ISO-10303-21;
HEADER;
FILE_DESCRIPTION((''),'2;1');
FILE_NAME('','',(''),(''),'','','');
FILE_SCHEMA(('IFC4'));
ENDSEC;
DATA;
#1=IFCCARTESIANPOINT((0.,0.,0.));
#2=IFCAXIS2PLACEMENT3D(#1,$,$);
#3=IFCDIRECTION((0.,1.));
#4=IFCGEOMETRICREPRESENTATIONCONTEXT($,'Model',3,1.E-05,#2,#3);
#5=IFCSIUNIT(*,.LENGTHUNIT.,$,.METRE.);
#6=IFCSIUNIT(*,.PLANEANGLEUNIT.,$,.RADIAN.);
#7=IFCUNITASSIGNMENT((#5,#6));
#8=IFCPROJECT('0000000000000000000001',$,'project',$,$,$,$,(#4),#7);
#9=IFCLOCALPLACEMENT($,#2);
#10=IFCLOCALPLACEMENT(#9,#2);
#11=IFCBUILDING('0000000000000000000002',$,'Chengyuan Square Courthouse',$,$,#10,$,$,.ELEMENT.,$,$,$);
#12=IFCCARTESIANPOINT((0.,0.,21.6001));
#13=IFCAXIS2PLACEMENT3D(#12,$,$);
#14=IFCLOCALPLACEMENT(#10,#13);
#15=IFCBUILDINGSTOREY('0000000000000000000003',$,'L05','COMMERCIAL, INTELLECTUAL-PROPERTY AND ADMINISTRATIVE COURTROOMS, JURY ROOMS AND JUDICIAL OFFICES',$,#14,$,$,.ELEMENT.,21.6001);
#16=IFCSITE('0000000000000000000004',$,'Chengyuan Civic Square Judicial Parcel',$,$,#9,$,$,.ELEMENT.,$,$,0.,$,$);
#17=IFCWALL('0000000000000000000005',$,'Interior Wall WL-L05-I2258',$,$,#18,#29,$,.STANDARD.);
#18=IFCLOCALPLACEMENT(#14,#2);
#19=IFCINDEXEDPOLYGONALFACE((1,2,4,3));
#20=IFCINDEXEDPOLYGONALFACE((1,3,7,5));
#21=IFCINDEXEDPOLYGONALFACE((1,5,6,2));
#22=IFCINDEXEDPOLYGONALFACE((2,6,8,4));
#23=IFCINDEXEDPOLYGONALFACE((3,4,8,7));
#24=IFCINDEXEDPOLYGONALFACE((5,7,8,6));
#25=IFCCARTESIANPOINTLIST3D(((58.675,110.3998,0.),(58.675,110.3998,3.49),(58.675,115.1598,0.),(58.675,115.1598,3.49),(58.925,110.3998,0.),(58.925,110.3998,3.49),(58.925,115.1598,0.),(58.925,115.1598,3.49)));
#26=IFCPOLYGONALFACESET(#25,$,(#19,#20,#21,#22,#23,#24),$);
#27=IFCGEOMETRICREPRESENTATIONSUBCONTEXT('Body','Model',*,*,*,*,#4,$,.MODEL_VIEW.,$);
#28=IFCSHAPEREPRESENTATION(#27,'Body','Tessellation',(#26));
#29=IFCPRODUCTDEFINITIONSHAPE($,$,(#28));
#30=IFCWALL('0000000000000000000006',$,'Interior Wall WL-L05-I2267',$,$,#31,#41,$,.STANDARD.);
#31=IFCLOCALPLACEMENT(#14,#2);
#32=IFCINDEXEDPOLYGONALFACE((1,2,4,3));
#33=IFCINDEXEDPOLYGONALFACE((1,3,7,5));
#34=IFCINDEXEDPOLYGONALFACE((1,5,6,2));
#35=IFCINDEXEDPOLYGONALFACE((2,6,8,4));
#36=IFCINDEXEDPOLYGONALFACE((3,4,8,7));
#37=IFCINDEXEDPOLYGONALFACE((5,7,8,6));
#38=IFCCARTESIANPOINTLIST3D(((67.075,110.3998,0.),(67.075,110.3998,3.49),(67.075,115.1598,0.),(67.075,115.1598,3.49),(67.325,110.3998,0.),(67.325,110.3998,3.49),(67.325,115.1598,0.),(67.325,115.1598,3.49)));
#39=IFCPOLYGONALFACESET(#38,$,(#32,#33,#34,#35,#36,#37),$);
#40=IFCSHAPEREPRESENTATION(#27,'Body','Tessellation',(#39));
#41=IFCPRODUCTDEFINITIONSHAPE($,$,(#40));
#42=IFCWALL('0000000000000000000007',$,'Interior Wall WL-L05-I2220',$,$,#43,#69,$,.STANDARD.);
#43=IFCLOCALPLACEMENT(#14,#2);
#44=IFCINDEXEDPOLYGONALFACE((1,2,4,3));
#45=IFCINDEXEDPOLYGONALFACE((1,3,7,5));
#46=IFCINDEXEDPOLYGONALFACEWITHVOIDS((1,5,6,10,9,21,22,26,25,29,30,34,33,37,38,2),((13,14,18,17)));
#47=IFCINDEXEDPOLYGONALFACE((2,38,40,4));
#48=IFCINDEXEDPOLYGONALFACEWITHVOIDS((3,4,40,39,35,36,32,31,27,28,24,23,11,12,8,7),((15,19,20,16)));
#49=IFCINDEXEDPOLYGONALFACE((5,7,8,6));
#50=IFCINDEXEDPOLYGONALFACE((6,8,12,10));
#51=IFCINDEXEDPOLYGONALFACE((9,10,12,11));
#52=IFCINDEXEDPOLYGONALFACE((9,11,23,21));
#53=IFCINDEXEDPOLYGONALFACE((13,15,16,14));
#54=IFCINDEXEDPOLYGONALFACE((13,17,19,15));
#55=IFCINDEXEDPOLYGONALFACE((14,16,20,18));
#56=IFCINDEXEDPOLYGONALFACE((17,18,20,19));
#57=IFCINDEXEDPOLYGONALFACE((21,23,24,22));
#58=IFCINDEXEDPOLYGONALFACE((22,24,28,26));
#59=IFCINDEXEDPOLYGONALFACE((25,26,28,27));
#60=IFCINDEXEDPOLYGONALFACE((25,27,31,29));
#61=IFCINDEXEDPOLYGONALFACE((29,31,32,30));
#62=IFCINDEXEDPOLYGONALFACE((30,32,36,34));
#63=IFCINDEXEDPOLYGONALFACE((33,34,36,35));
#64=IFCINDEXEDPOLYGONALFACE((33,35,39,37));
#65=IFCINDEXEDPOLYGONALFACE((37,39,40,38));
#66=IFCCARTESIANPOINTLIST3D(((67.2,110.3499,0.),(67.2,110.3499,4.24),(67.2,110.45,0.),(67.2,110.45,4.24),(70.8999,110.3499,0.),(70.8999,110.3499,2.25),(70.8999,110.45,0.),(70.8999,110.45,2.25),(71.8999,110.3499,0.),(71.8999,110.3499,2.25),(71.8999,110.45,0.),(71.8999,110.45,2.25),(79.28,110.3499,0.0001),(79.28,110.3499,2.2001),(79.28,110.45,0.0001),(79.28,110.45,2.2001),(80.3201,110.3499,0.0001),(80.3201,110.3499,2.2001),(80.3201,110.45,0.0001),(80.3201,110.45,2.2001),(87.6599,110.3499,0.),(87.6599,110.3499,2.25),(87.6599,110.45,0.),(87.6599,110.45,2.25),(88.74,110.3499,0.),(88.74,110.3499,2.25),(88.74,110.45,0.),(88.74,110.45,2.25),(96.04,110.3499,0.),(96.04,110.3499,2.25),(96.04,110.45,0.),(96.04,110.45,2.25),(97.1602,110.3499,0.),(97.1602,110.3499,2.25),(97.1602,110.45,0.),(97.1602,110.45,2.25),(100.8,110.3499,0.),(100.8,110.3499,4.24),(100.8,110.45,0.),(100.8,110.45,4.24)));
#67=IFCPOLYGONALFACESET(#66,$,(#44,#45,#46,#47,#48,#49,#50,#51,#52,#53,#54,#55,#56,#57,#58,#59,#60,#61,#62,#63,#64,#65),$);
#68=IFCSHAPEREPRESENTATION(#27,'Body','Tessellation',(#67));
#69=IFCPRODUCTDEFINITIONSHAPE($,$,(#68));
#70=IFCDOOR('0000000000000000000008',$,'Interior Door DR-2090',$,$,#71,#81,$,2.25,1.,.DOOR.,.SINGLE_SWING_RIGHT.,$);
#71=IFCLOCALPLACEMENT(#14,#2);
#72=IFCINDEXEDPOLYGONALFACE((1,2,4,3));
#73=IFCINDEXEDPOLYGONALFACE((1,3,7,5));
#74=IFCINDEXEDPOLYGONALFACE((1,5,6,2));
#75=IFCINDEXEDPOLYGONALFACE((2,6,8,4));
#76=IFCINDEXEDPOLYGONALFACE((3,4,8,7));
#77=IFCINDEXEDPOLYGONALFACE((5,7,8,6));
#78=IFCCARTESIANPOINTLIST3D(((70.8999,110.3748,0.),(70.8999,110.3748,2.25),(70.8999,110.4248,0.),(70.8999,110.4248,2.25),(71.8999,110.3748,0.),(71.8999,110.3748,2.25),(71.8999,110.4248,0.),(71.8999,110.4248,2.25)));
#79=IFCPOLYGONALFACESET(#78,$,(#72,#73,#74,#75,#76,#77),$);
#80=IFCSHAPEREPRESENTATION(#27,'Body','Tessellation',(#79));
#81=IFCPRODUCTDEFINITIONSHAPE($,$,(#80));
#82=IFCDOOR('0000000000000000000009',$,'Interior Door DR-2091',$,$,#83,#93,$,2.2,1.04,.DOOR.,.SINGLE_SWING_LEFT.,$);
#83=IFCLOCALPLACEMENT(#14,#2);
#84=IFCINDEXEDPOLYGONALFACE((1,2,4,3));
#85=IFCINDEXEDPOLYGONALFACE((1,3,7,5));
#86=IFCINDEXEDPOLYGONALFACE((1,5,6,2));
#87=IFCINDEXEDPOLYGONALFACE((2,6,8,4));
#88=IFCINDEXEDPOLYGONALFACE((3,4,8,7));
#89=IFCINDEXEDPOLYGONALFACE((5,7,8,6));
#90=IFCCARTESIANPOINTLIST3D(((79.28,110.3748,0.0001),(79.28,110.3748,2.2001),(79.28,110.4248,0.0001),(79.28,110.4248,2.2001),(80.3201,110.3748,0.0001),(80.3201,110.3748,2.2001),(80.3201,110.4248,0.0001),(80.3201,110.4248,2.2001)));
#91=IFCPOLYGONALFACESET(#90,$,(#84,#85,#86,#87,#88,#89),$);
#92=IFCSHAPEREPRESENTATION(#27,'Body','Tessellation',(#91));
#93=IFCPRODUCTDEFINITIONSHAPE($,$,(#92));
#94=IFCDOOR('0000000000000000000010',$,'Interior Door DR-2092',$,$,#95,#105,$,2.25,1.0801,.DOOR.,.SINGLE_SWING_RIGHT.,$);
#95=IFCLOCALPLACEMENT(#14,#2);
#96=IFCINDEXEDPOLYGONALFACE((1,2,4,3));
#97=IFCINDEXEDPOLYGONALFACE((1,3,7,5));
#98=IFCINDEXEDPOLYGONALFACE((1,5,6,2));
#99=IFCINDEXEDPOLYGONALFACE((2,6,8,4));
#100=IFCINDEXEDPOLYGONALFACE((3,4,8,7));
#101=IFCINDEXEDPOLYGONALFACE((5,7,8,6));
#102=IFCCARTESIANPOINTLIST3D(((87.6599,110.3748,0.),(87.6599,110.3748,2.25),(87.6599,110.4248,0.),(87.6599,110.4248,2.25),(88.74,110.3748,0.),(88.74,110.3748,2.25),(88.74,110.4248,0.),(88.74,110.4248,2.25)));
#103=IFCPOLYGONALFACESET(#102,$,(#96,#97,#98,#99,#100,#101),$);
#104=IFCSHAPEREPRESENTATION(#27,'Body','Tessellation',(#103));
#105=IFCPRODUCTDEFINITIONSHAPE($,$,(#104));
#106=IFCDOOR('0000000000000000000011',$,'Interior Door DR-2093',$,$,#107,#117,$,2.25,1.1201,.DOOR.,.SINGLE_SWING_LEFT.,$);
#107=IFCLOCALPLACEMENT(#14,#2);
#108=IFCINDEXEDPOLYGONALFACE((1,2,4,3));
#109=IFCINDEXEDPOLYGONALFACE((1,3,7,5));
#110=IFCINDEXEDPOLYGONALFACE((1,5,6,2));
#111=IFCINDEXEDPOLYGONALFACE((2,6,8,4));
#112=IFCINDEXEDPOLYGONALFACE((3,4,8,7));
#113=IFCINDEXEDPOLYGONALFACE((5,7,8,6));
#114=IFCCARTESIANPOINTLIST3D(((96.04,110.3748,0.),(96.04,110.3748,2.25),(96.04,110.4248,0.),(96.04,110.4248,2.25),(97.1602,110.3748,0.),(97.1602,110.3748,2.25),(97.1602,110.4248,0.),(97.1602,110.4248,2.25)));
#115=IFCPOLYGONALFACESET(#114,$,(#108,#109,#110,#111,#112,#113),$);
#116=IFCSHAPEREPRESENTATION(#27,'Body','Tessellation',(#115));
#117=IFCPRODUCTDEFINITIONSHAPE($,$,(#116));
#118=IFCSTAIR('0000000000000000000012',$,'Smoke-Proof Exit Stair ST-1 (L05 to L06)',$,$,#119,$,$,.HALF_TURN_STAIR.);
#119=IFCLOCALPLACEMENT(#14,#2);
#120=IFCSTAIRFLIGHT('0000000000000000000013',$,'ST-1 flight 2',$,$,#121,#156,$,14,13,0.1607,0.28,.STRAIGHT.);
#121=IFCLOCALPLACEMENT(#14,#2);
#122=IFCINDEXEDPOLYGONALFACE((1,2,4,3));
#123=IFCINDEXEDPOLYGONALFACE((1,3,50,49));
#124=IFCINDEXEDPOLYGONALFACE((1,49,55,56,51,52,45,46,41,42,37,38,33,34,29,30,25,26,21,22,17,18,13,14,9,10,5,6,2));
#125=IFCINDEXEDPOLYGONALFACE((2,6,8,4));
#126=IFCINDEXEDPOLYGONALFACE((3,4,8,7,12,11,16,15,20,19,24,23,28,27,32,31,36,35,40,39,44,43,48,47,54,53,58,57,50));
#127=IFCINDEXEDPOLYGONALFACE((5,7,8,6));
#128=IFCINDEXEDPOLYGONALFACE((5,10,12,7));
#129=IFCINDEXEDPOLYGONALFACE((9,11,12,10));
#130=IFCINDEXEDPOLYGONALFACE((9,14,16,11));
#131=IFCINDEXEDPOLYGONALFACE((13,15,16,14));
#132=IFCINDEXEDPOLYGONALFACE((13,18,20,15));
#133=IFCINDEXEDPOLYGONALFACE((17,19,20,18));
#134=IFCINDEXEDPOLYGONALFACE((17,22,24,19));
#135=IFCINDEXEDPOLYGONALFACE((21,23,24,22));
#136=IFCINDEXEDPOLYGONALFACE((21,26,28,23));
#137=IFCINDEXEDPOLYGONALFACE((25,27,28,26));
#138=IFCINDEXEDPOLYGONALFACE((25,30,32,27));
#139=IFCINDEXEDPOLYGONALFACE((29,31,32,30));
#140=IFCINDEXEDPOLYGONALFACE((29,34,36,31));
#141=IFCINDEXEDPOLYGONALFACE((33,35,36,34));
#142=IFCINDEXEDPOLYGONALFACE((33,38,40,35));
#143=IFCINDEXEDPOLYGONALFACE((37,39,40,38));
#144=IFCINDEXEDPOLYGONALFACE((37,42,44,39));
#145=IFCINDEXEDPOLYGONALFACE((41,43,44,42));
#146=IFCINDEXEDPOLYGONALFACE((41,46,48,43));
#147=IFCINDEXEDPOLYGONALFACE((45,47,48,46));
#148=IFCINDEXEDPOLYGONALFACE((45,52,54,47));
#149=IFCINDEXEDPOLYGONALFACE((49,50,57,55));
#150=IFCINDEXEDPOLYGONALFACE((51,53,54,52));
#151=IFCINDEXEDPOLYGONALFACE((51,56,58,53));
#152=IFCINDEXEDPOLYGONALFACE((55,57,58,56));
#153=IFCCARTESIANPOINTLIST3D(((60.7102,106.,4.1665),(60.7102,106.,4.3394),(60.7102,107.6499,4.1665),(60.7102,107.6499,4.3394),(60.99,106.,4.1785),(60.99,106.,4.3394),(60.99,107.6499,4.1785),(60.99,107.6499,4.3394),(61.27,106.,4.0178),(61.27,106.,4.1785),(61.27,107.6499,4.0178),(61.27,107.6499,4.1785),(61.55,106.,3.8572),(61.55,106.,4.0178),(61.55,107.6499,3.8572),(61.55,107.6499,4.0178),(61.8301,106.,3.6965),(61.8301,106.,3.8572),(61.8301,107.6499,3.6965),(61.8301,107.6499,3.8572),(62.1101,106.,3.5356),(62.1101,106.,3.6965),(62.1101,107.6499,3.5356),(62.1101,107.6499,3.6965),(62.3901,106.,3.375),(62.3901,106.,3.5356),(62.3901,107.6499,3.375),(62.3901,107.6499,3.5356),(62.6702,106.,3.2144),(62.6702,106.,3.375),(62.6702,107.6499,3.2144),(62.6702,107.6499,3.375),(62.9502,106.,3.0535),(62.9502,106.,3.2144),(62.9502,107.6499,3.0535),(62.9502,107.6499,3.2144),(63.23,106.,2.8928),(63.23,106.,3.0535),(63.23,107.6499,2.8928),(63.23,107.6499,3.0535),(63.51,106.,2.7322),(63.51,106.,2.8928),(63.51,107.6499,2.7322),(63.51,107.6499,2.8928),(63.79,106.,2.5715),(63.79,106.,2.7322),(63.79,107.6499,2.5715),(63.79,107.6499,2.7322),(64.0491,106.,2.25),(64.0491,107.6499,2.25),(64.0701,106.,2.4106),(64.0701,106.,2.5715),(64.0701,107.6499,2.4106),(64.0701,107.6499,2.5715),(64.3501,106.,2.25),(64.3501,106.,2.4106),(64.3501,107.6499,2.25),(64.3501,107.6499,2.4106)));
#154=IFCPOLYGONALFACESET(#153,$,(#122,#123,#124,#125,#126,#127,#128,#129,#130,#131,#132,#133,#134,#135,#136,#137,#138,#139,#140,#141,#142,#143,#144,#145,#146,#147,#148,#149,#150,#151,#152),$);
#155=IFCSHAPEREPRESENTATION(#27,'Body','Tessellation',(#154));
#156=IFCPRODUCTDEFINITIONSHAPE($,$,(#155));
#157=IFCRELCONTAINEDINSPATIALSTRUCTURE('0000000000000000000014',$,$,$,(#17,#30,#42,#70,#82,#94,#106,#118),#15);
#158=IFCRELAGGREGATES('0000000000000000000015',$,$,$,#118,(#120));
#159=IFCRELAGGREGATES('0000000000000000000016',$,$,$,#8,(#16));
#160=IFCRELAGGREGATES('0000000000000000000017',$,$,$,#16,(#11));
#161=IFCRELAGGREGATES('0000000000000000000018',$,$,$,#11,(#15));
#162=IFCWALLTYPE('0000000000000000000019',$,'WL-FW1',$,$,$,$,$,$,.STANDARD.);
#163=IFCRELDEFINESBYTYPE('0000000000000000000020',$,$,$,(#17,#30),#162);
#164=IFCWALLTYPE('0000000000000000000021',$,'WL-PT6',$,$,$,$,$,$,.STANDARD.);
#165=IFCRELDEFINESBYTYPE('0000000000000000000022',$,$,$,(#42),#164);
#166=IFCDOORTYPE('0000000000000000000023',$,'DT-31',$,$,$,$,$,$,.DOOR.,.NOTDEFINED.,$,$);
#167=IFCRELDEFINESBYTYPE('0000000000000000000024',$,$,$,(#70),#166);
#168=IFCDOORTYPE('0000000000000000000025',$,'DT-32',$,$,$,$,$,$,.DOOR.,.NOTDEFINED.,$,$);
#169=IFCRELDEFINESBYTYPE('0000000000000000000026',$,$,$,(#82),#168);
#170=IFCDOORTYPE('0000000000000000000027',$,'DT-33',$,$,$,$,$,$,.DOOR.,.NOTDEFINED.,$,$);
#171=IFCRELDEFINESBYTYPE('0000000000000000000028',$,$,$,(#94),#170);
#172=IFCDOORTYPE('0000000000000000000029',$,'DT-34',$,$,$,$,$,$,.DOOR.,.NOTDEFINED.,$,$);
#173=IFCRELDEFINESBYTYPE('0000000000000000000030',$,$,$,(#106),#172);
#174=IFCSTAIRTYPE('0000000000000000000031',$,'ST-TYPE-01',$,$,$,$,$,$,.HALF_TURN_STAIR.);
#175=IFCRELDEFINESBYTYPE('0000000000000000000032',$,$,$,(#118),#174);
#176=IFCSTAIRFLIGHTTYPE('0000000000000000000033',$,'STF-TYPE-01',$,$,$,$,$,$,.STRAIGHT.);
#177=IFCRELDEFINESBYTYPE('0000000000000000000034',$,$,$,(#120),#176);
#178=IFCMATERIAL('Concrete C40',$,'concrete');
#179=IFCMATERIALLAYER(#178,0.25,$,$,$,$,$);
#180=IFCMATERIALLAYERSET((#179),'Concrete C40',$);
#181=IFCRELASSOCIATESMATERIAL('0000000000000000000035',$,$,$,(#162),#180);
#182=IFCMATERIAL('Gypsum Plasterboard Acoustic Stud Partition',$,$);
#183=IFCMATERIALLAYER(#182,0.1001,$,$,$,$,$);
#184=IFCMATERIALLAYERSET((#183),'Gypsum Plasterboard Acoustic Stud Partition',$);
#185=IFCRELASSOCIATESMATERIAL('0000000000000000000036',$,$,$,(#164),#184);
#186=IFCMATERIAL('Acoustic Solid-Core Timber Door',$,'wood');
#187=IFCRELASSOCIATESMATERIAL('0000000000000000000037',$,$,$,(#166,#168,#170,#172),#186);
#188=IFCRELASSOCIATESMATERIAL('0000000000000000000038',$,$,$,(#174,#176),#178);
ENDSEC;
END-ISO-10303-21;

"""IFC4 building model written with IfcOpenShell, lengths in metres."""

from ifc_helpers import new_model, si_unit, direction, frame, frame_2d, origin, place, context, subcontext, project, spatial, polyline, rectangle, outline, extrude, material, layer, layer_set, type_object, element, fill, aggregate, save


model = new_model("IFC4")

# Units and contexts
model_context = context("Model", 3, precision=1e-05, world=origin(), true_north=direction((0.0, 1.0)))
body_context = subcontext(model_context, "Body", "Model", "MODEL_VIEW")
ifc_project = project(units=[si_unit("LENGTHUNIT", "METRE"), si_unit("PLANEANGLEUNIT", "RADIAN")], contexts=[model_context])

# Site, building, storey
site_placement = place(None, origin())
site = spatial("IfcSite", under=ifc_project, at=site_placement, Name="Chengyuan Civic Square Judicial Parcel", CompositionType="ELEMENT", RefElevation=0.0)
building_placement = place(site_placement, origin())
building = spatial("IfcBuilding", under=site, at=building_placement, Name="Chengyuan Square Courthouse", CompositionType="ELEMENT")
storey_placement = place(building_placement, frame((0.0, 0.0, 21.6001)))
storey = spatial("IfcBuildingStorey", under=building, at=storey_placement, Name="L05", Description="COMMERCIAL, INTELLECTUAL-PROPERTY AND ADMINISTRATIVE COURTROOMS, JURY ROOMS AND JUDICIAL OFFICES", CompositionType="ELEMENT", Elevation=21.6001)

# Shared definitions
ifc_material_1 = material(Name="Concrete C40", Category="concrete")

# Walls
ifc_layer_1 = layer(ifc_material_1, 0.25)
ifc_layer_set_1 = layer_set([ifc_layer_1], Name="Concrete C40")
wall_type_1 = type_object("IfcWallType", Name="WL-FW1", PredefinedType="STANDARD", material=ifc_layer_set_1)
for number, where, z_axis, x_axis, name in (
    (1, (58.8, 110.3999, 0.0), (0.0, 0.0, 1.0), (0.0, 1.0, 0.0), "Interior Wall WL-L05-I2258"),
    (2, (67.2, 110.3999, 0.0), (0.0, 0.0, 1.0), (0.0, 1.0, 0.0), "Interior Wall WL-L05-I2267"),
):
    element("IfcWall", number, at=place(storey_placement, frame(where, z_axis=z_axis, x_axis=x_axis)), inside=storey, type_object=wall_type_1, Name=name, PredefinedType="STANDARD", context=body_context, shape_type="SweptSolid", body=[
        extrude(rectangle(XDim=4.76, YDim=0.25, at=frame_2d((2.3799, 0.0))), origin(), (0.0, 0.0, 1.0), 3.49),
    ])

# Wall, openings, doors
ifc_material_2 = material(Name="Gypsum Plasterboard Acoustic Stud Partition")
ifc_layer_2 = layer(ifc_material_2, 0.1001)
ifc_layer_set_2 = layer_set([ifc_layer_2], Name="Gypsum Plasterboard Acoustic Stud Partition")
wall_type_2 = type_object("IfcWallType", Name="WL-PT6", PredefinedType="STANDARD", material=ifc_layer_set_2)
wall_1_placement = place(storey_placement, frame((67.2, 110.3999, 0.0), z_axis=(0.0, 0.0, 1.0), x_axis=(1.0, 0.0, 0.0)))
wall_1 = element("IfcWall", 3, at=wall_1_placement, inside=storey, type_object=wall_type_2, Name="Interior Wall WL-L05-I2220", PredefinedType="STANDARD", context=body_context, shape_type="SweptSolid", body=[
    extrude(rectangle(XDim=33.6001, YDim=0.1001, at=frame_2d((16.8, 0.0))), origin(), (0.0, 0.0, 1.0), 4.24),
])
opening_1_placement = place(wall_1_placement, frame((3.7, 0.0, 0.0)))
opening_1 = element("IfcOpeningElement", 4, at=opening_1_placement, cuts=wall_1, PredefinedType="OPENING", context=body_context, shape_type="SweptSolid", body=[
    extrude(rectangle(XDim=1.0, YDim=2.25, at=frame_2d((0.5, 1.125))), frame((0.0, 0.062, 0.0), z_axis=(0.0, -1.0, 0.0), x_axis=(1.0, 0.0, 0.0)), (0.0, 0.0, 1.0), 0.124),
])
opening_2_placement = place(wall_1_placement, frame((12.0801, 0.0, 0.0)))
opening_2 = element("IfcOpeningElement", 5, at=opening_2_placement, cuts=wall_1, PredefinedType="OPENING", context=body_context, shape_type="SweptSolid", body=[
    extrude(rectangle(XDim=1.04, YDim=2.2, at=frame_2d((0.52, 1.1001))), frame((0.0, 0.062, 0.0), z_axis=(0.0, -1.0, 0.0), x_axis=(1.0, 0.0, 0.0)), (0.0, 0.0, 1.0), 0.124),
])
opening_3_placement = place(wall_1_placement, frame((20.46, 0.0, 0.0)))
opening_3 = element("IfcOpeningElement", 6, at=opening_3_placement, cuts=wall_1, PredefinedType="OPENING", context=body_context, shape_type="SweptSolid", body=[
    extrude(rectangle(XDim=1.0801, YDim=2.25, at=frame_2d((0.54, 1.125))), frame((0.0, 0.062, 0.0), z_axis=(0.0, -1.0, 0.0), x_axis=(1.0, 0.0, 0.0)), (0.0, 0.0, 1.0), 0.124),
])
opening_4_placement = place(wall_1_placement, frame((28.8401, 0.0, 0.0)))
opening_4 = element("IfcOpeningElement", 7, at=opening_4_placement, cuts=wall_1, PredefinedType="OPENING", context=body_context, shape_type="SweptSolid", body=[
    extrude(rectangle(XDim=1.1201, YDim=2.25, at=frame_2d((0.5601, 1.125))), frame((0.0, 0.062, 0.0), z_axis=(0.0, -1.0, 0.0), x_axis=(1.0, 0.0, 0.0)), (0.0, 0.0, 1.0), 0.124),
])
ifc_material_3 = material(Name="Acoustic Solid-Core Timber Door", Category="wood")
door_type_1 = type_object("IfcDoorType", Name="DT-31", OperationType="NOTDEFINED", PredefinedType="DOOR", material=ifc_material_3)
door_1_placement = place(opening_1_placement, origin())
door_1 = element("IfcDoor", 8, at=door_1_placement, inside=storey, type_object=door_type_1, Name="Interior Door DR-2090", OperationType="SINGLE_SWING_RIGHT", OverallHeight=2.25, OverallWidth=1.0, PredefinedType="DOOR", context=body_context, shape_type="SweptSolid", body=[
    extrude(rectangle(XDim=1.0, YDim=2.25, at=frame_2d((0.5, 1.125))), frame((0.0, 0.0249, 0.0), z_axis=(0.0, -1.0, 0.0), x_axis=(1.0, 0.0, 0.0)), (0.0, 0.0, 1.0), 0.05),
])
fill(opening_1, door_1)
door_type_2 = type_object("IfcDoorType", Name="DT-32", OperationType="NOTDEFINED", PredefinedType="DOOR", material=ifc_material_3)
door_2_placement = place(opening_2_placement, origin())
door_2 = element("IfcDoor", 9, at=door_2_placement, inside=storey, type_object=door_type_2, Name="Interior Door DR-2091", OperationType="SINGLE_SWING_LEFT", OverallHeight=2.2, OverallWidth=1.04, PredefinedType="DOOR", context=body_context, shape_type="SweptSolid", body=[
    extrude(rectangle(XDim=1.04, YDim=2.2, at=frame_2d((0.52, 1.1001))), frame((0.0, 0.0249, 0.0), z_axis=(0.0, -1.0, 0.0), x_axis=(1.0, 0.0, 0.0)), (0.0, 0.0, 1.0), 0.05),
])
fill(opening_2, door_2)
door_type_3 = type_object("IfcDoorType", Name="DT-33", OperationType="NOTDEFINED", PredefinedType="DOOR", material=ifc_material_3)
door_3_placement = place(opening_3_placement, origin())
door_3 = element("IfcDoor", 10, at=door_3_placement, inside=storey, type_object=door_type_3, Name="Interior Door DR-2092", OperationType="SINGLE_SWING_RIGHT", OverallHeight=2.25, OverallWidth=1.0801, PredefinedType="DOOR", context=body_context, shape_type="SweptSolid", body=[
    extrude(rectangle(XDim=1.0801, YDim=2.25, at=frame_2d((0.54, 1.125))), frame((0.0, 0.0249, 0.0), z_axis=(0.0, -1.0, 0.0), x_axis=(1.0, 0.0, 0.0)), (0.0, 0.0, 1.0), 0.05),
])
fill(opening_3, door_3)
door_type_4 = type_object("IfcDoorType", Name="DT-34", OperationType="NOTDEFINED", PredefinedType="DOOR", material=ifc_material_3)
door_4_placement = place(opening_4_placement, origin())
door_4 = element("IfcDoor", 11, at=door_4_placement, inside=storey, type_object=door_type_4, Name="Interior Door DR-2093", OperationType="SINGLE_SWING_LEFT", OverallHeight=2.25, OverallWidth=1.1201, PredefinedType="DOOR", context=body_context, shape_type="SweptSolid", body=[
    extrude(rectangle(XDim=1.1201, YDim=2.25, at=frame_2d((0.5601, 1.125))), frame((0.0, 0.0249, 0.0), z_axis=(0.0, -1.0, 0.0), x_axis=(1.0, 0.0, 0.0)), (0.0, 0.0, 1.0), 0.05),
])
fill(opening_4, door_4)

# Stair, stair flight
stair_type = type_object("IfcStairType", Name="ST-TYPE-01", PredefinedType="HALF_TURN_STAIR", material=ifc_material_1)
stair_placement = place(storey_placement, origin())
stair = element("IfcStair", 12, at=stair_placement, inside=storey, type_object=stair_type, Name="Smoke-Proof Exit Stair ST-1 (L05 to L06)", PredefinedType="HALF_TURN_STAIR")
stair_flight_type = type_object("IfcStairFlightType", Name="STF-TYPE-01", PredefinedType="STRAIGHT", material=ifc_material_1)
stair_flight_placement = place(storey_placement, frame((64.3501, 106.825, 2.25), z_axis=(0.0, 0.0, 1.0), x_axis=(-1.0, 0.0, 0.0)))
stair_flight = element("IfcStairFlight", 13, at=stair_flight_placement, type_object=stair_flight_type, Name="ST-1 flight 2", NumberOfRisers=14, NumberOfTreads=13, PredefinedType="STRAIGHT", RiserHeight=0.1607, TreadLength=0.28, context=body_context, shape_type="SweptSolid", body=[
    extrude(outline(polyline([(0.0, 0.0), (0.0, 0.1606), (0.28, 0.1606), (0.28, 0.3215), (0.5601, 0.3215), (0.5601, 0.4822), (0.8401, 0.4822), (0.8401, 0.6428), (1.1201, 0.6428), (1.1201, 0.8035), (1.3999, 0.8035), (1.3999, 0.9644), (1.6799, 0.9644), (1.6799, 1.125), (1.96, 1.125), (1.96, 1.2856), (2.24, 1.2856), (2.24, 1.4465), (2.52, 1.4465), (2.52, 1.6072), (2.8, 1.6072), (2.8, 1.7678), (3.0801, 1.7678), (3.0801, 1.9285), (3.3601, 1.9285), (3.3601, 2.0894), (3.6399, 2.0894), (3.6399, 2.25), (3.6399, 1.9165), (0.301, 0.0), (0.0, 0.0)])), frame((0.0, 0.825, 0.0), z_axis=(0.0, -1.0, 0.0), x_axis=(1.0, 0.0, 0.0)), (0.0, 0.0, 1.0), 1.6499),
])
aggregate(stair, [stair_flight])

save(model, "model.ifc")
